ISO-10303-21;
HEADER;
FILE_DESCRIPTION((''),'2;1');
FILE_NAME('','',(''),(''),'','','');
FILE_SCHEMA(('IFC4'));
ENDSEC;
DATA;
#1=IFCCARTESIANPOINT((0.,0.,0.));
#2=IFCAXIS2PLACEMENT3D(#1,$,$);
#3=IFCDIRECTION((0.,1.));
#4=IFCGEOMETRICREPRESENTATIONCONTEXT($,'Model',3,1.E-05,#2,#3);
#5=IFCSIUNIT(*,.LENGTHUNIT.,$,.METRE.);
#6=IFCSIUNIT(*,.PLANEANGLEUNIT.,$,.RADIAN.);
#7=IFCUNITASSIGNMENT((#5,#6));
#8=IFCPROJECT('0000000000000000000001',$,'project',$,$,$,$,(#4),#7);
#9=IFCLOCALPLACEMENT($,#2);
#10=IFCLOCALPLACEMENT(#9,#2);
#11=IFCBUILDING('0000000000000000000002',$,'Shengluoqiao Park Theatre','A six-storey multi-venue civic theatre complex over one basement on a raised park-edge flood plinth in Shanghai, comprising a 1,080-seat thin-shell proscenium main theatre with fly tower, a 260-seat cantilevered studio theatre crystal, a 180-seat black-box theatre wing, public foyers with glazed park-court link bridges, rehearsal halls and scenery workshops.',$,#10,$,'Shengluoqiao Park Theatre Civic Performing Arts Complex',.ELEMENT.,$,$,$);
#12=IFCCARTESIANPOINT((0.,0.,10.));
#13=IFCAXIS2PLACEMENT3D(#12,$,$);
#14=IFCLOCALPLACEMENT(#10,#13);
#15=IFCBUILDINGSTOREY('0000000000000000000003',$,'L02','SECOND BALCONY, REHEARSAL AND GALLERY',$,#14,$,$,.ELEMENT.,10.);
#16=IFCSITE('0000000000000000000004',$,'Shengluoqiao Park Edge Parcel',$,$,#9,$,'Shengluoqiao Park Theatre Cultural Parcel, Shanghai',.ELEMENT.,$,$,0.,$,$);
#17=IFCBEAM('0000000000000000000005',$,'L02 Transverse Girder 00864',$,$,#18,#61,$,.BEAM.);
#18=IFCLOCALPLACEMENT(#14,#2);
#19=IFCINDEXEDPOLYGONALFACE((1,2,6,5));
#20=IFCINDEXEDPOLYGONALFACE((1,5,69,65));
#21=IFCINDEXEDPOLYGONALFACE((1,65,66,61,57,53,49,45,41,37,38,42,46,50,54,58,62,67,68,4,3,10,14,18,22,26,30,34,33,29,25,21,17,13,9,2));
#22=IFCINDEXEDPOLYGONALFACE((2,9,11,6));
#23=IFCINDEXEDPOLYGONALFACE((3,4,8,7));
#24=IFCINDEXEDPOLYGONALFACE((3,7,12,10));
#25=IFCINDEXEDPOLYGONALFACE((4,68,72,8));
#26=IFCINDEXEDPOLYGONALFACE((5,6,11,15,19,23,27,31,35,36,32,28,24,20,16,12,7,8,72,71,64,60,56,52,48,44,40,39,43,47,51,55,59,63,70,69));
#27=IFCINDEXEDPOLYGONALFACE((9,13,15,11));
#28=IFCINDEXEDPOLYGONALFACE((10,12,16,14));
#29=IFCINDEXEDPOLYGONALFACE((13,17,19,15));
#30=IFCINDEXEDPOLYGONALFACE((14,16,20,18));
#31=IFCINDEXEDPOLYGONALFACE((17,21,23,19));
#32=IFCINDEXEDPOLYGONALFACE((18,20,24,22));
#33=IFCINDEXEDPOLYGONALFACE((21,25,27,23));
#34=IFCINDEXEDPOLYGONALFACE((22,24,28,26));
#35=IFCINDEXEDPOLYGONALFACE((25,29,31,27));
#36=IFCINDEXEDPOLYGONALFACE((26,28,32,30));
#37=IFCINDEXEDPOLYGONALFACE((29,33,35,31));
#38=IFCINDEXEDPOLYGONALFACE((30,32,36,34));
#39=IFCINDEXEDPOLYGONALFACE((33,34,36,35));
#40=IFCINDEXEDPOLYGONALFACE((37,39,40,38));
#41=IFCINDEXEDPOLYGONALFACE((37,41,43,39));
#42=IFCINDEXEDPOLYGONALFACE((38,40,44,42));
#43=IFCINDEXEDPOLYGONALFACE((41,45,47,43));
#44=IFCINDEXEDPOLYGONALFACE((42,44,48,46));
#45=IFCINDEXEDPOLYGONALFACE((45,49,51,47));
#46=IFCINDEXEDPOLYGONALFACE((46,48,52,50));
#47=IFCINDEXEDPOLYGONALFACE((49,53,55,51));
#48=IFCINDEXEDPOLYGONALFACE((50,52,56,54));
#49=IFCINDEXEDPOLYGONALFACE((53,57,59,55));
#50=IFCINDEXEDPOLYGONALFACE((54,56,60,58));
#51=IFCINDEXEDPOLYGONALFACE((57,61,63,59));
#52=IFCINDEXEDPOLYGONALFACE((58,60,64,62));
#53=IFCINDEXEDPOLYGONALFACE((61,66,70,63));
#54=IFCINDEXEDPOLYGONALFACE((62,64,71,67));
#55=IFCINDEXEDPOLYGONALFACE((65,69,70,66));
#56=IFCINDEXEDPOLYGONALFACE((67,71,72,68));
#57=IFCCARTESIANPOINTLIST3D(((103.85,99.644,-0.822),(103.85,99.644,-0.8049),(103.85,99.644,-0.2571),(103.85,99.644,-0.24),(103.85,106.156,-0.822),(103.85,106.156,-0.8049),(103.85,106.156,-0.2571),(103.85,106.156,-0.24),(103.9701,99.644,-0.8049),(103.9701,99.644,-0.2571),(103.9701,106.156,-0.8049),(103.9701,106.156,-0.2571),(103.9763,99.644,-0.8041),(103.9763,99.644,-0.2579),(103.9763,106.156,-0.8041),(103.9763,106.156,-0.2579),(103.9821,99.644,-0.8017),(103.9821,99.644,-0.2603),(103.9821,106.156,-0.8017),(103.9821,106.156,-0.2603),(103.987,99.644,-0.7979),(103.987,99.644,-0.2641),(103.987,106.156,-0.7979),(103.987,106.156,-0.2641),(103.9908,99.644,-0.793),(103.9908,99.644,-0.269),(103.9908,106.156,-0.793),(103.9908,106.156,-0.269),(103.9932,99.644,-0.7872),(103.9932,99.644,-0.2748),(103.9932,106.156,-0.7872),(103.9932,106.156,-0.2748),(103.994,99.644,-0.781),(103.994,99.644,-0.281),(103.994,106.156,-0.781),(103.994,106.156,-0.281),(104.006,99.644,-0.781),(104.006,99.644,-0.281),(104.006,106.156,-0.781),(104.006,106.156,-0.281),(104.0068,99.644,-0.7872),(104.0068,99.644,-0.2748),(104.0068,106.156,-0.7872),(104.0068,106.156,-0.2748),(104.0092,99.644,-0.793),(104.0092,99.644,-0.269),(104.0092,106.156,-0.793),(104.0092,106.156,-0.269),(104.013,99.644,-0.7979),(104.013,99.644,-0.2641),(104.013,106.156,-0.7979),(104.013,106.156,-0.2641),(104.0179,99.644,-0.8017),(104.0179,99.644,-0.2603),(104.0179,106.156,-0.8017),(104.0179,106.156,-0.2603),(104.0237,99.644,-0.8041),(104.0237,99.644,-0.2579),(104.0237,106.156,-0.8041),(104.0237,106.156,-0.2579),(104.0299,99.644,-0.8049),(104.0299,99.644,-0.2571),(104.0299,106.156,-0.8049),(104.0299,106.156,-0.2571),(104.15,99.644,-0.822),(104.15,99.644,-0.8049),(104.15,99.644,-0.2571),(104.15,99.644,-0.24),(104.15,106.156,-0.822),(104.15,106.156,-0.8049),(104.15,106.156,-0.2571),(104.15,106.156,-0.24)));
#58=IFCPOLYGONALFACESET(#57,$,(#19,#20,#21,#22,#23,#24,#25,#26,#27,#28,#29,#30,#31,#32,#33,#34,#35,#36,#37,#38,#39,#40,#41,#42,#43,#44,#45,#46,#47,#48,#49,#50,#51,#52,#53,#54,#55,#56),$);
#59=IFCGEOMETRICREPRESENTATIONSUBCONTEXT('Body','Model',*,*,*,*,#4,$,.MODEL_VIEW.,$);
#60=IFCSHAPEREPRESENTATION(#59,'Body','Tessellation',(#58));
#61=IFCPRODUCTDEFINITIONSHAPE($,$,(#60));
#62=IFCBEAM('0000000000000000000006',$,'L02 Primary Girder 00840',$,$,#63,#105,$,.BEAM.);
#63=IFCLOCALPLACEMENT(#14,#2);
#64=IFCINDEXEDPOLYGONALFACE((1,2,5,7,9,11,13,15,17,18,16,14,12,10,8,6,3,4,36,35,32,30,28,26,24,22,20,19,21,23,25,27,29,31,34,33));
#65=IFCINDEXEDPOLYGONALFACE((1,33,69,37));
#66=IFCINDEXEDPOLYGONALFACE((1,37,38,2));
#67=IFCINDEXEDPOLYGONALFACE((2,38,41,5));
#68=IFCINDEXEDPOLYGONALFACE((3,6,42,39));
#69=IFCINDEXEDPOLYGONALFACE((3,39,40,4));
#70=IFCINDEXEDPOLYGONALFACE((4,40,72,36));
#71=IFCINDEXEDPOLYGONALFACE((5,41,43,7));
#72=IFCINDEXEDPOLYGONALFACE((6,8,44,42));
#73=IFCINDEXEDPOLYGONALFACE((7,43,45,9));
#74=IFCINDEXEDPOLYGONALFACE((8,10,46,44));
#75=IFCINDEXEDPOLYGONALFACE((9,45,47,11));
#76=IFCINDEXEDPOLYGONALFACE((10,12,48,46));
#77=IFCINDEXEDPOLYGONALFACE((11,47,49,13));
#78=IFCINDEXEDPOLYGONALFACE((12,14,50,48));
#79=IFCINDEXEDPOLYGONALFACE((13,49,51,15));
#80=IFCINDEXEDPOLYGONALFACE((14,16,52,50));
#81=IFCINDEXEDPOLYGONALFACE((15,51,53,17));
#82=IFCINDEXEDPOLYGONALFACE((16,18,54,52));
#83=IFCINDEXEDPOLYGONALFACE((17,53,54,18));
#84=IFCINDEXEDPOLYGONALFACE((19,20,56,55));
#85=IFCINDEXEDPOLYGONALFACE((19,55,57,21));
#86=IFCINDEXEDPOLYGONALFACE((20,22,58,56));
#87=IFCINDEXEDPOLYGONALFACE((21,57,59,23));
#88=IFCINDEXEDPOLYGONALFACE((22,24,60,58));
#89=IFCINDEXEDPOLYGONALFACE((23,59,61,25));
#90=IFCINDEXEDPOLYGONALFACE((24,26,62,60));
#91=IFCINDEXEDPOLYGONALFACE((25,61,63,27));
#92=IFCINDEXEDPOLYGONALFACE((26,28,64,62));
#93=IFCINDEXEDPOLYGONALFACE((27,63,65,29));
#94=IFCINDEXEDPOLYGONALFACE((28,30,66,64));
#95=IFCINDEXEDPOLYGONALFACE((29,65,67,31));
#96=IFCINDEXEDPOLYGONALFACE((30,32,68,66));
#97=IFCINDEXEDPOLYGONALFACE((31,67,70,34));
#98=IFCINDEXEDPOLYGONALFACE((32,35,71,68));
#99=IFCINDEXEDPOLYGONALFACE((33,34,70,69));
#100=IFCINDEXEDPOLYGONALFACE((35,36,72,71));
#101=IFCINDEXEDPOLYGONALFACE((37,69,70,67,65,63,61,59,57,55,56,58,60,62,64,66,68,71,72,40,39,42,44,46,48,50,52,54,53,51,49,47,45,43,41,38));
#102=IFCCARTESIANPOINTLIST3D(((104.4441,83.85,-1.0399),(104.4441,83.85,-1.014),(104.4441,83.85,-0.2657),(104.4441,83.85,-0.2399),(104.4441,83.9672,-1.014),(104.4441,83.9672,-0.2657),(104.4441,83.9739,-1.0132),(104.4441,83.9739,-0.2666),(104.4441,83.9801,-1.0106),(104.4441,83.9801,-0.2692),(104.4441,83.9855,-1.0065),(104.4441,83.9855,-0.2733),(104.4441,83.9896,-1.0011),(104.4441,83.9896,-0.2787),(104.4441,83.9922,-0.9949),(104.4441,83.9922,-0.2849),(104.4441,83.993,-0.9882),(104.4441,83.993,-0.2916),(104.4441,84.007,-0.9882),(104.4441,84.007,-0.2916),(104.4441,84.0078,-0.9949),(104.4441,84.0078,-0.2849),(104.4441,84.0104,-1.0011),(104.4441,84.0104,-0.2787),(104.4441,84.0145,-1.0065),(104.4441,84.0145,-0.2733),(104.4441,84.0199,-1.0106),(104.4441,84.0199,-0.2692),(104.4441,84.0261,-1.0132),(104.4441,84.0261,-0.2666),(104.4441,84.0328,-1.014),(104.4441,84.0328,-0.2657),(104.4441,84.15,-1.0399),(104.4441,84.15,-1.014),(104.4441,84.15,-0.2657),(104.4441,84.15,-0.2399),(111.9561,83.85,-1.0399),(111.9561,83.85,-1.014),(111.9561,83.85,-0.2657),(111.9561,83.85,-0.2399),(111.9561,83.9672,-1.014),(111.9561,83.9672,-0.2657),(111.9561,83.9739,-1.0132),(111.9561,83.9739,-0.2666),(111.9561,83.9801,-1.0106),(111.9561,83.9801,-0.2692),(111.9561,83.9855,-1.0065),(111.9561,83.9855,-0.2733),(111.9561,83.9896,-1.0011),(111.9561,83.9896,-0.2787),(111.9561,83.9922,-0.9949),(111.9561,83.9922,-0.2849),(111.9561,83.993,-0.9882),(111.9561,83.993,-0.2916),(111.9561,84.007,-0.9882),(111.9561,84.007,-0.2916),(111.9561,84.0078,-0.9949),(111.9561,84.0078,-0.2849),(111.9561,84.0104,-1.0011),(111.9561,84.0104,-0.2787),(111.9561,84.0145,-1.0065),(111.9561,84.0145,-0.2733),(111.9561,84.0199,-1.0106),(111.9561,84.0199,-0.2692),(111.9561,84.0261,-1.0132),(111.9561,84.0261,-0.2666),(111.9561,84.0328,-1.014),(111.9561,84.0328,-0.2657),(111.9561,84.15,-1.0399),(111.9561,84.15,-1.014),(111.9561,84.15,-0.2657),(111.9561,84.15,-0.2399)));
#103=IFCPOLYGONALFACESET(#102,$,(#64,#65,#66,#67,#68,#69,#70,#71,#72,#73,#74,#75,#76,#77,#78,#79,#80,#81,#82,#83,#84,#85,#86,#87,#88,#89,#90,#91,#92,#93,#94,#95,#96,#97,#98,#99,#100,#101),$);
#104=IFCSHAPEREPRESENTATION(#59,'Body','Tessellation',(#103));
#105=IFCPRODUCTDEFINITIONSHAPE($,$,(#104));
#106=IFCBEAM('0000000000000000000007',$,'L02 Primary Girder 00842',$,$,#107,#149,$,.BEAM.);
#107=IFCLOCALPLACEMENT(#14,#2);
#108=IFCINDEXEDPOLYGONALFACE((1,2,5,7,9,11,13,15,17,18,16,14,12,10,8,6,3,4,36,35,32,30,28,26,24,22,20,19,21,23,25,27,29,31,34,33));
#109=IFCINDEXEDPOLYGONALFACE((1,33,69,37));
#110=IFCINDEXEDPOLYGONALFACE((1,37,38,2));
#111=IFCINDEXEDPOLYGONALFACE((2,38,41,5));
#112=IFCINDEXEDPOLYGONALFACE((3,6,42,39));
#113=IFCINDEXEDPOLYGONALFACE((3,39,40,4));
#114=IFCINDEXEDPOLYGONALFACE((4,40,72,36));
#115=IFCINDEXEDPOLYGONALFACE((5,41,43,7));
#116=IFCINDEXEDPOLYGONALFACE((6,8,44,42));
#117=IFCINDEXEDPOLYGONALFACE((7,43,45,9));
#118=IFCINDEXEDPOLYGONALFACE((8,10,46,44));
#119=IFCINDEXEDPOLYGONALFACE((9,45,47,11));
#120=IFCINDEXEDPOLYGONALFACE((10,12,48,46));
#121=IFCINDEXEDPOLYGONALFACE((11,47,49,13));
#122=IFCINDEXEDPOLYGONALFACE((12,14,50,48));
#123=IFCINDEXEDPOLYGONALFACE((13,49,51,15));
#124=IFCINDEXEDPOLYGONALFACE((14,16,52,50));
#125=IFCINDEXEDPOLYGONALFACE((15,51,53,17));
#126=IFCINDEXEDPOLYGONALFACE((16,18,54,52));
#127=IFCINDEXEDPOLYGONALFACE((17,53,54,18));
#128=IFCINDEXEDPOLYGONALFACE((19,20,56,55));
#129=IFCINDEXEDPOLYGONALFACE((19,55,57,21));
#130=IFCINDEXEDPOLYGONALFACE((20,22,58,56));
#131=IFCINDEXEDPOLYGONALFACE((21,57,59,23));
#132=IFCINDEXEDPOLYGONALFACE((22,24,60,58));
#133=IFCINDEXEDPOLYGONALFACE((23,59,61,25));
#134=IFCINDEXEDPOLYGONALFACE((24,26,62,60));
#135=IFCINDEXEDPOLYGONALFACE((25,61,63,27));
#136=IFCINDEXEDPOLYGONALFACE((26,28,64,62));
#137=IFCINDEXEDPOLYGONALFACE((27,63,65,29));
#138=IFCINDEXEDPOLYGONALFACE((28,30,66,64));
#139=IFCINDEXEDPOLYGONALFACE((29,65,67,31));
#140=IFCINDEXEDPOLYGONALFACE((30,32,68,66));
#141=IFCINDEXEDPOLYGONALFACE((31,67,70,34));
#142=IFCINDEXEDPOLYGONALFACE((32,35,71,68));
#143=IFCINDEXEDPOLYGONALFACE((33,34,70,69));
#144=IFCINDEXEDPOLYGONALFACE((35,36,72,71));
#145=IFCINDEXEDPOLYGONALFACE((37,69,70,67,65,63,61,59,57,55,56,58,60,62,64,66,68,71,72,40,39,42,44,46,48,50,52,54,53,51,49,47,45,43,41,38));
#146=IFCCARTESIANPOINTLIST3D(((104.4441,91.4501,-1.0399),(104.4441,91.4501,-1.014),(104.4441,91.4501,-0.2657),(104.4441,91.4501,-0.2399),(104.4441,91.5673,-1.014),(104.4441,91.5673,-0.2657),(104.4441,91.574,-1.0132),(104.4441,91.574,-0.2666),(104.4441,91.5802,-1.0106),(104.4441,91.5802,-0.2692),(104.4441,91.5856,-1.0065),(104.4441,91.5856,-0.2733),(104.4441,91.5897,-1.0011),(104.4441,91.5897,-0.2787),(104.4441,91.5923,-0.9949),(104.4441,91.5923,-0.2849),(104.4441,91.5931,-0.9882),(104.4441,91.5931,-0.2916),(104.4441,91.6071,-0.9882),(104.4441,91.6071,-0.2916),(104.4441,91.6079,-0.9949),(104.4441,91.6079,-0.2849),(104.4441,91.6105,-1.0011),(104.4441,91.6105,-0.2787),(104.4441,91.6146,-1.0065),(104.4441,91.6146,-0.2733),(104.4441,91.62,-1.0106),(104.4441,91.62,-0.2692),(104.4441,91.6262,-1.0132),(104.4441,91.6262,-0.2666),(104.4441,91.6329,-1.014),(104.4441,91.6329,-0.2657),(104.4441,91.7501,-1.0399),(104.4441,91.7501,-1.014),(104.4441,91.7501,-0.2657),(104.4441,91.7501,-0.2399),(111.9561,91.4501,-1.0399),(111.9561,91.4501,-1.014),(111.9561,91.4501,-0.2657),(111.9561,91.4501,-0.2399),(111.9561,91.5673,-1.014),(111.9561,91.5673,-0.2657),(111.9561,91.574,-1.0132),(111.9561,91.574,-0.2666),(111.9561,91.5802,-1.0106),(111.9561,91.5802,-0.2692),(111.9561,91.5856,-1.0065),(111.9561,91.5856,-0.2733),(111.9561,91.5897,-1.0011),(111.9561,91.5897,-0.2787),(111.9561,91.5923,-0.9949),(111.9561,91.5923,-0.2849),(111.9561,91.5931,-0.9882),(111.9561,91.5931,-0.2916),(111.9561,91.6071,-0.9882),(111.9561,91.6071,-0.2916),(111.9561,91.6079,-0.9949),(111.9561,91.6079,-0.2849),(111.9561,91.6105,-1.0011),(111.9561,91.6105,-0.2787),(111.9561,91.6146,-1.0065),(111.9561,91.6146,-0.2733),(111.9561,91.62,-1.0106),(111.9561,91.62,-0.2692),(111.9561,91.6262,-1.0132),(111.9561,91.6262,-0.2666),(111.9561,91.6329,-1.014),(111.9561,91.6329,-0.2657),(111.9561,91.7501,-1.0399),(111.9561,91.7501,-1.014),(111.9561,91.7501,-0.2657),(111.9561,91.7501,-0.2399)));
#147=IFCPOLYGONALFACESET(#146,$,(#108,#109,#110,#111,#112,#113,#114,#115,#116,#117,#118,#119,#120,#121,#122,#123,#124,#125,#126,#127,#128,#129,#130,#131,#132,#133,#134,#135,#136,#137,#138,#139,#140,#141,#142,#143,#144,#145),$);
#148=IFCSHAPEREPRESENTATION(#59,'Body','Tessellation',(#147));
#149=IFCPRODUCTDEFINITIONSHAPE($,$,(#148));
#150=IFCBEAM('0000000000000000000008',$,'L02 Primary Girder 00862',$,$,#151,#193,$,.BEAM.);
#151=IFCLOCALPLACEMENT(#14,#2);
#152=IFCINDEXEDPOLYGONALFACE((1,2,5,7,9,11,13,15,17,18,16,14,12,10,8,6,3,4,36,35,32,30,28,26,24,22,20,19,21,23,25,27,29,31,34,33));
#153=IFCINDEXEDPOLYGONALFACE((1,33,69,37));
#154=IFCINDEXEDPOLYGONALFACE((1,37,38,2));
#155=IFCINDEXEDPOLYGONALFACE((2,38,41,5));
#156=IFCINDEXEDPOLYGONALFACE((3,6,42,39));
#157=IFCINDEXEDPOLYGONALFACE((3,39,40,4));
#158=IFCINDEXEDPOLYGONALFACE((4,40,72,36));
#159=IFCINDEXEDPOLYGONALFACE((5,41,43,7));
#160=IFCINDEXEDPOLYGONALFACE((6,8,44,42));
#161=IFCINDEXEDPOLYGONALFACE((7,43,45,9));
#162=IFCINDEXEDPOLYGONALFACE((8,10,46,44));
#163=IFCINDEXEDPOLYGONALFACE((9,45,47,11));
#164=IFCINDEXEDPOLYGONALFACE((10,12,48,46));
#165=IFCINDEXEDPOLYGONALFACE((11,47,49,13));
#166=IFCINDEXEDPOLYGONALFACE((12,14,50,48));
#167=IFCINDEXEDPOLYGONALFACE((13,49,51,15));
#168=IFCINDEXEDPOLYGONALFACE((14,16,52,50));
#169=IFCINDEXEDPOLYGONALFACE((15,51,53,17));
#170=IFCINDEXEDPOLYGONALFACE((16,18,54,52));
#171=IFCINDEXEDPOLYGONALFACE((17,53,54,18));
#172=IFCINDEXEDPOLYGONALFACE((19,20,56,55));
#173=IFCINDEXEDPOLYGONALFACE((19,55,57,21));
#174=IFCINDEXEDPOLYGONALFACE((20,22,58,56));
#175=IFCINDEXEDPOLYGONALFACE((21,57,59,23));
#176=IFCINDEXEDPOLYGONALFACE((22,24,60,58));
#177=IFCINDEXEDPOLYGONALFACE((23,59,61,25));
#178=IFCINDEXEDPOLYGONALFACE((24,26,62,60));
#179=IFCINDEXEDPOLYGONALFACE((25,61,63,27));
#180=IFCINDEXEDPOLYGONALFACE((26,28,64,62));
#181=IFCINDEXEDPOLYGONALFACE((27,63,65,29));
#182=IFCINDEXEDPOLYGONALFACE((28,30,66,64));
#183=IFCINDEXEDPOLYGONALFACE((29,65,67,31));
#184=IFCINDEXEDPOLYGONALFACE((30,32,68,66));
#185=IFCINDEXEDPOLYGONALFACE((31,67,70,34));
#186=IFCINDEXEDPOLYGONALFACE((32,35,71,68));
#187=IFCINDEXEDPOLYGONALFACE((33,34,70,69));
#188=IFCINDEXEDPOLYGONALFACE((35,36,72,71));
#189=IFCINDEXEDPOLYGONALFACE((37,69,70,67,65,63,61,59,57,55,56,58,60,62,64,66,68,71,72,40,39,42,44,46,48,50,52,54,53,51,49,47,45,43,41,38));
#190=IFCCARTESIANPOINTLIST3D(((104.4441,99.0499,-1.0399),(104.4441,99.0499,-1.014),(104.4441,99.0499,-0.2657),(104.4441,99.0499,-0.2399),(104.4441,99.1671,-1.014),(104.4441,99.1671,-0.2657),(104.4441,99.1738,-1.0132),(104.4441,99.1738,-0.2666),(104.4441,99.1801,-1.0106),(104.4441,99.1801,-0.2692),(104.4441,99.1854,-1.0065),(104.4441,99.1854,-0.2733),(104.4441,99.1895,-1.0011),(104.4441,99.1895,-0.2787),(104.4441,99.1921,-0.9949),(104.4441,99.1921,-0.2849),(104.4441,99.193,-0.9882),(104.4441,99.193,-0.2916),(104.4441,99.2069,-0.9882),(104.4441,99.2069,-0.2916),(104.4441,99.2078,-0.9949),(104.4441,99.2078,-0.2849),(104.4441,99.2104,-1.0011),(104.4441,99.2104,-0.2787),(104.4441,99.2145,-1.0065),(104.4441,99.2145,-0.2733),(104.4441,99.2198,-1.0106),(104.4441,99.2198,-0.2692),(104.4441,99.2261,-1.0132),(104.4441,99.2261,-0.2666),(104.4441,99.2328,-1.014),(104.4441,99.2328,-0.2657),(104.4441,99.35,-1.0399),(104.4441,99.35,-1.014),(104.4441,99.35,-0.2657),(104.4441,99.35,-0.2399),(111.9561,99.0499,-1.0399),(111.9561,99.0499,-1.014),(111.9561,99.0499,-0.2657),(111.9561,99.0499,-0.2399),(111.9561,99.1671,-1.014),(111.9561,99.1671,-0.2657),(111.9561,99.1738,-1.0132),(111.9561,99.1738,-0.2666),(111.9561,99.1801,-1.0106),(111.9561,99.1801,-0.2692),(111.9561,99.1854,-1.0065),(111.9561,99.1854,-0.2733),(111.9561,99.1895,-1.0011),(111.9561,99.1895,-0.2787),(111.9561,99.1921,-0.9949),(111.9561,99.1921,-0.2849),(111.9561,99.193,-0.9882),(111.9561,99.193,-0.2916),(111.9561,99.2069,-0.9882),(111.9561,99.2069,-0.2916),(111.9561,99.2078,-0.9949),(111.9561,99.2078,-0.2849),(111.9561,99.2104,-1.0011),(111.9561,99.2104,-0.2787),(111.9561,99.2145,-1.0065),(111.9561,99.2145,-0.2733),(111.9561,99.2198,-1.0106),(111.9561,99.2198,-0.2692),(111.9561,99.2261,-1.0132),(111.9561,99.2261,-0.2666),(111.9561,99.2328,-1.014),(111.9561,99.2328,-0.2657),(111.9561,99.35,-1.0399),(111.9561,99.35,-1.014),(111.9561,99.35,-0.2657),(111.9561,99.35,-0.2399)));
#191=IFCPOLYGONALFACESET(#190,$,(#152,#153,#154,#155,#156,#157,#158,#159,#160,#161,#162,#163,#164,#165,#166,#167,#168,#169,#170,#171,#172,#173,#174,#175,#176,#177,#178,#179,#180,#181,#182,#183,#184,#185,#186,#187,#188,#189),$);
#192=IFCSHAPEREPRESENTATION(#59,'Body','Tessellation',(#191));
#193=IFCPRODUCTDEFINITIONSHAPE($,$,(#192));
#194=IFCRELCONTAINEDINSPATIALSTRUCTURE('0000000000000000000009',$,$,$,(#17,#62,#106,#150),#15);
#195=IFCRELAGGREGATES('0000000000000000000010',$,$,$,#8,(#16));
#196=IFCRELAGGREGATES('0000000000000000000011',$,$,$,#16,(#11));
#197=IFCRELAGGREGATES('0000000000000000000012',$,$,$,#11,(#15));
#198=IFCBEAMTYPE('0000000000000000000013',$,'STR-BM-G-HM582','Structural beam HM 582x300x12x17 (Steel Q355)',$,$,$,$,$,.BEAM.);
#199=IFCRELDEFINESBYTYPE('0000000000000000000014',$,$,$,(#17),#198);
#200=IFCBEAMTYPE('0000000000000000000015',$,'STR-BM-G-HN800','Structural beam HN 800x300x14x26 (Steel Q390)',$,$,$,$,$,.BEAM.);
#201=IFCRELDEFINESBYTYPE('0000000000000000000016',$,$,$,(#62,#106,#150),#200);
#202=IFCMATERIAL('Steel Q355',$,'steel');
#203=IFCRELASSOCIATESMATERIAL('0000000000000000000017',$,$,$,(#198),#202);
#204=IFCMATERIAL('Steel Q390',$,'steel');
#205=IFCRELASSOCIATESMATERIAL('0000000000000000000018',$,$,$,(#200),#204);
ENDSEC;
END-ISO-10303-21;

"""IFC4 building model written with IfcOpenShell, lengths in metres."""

from ifc_helpers import new_model, si_unit, direction, frame, origin, origin_2d, place, context, subcontext, project, spatial, i_section, extrude, material, material_profile, profile_set, type_object, element, save


model = new_model("IFC4")

# Units and contexts
model_context = context("Model", 3, precision=1e-05, world=origin(), true_north=direction((0.0, 1.0)))
body_context = subcontext(model_context, "Body", "Model", "MODEL_VIEW")
ifc_project = project(units=[si_unit("LENGTHUNIT", "METRE"), si_unit("PLANEANGLEUNIT", "RADIAN")], contexts=[model_context])

# Site, building, storey
site_placement = place(None, origin())
site = spatial("IfcSite", under=ifc_project, at=site_placement, Name="Shengluoqiao Park Edge Parcel", LongName="Shengluoqiao Park Theatre Cultural Parcel, Shanghai", CompositionType="ELEMENT", RefElevation=0.0)
building_placement = place(site_placement, origin())
building = spatial("IfcBuilding", under=site, at=building_placement, Name="Shengluoqiao Park Theatre", Description="A six-storey multi-venue civic theatre complex over one basement on a raised park-edge flood plinth in Shanghai, comprising a 1,080-seat thin-shell proscenium main theatre with fly tower, a 260-seat cantilevered studio theatre crystal, a 180-seat black-box theatre wing, public foyers with glazed park-court link bridges, rehearsal halls and scenery workshops.", LongName="Shengluoqiao Park Theatre Civic Performing Arts Complex", CompositionType="ELEMENT")
storey_placement = place(building_placement, frame((0.0, 0.0, 10.0)))
storey = spatial("IfcBuildingStorey", under=building, at=storey_placement, Name="L02", Description="SECOND BALCONY, REHEARSAL AND GALLERY", CompositionType="ELEMENT", Elevation=10.0)

# Beams
ifc_material_1 = material(Name="Steel Q355", Category="steel")
ifc_material_profile_1 = material_profile(ifc_material_1, i_section(OverallWidth=0.3, OverallDepth=0.582, WebThickness=0.012, FlangeThickness=0.0171, FilletRadius=0.0239, at=origin_2d()), Name="HM 582x300x12x17")
ifc_profile_set_1 = profile_set([ifc_material_profile_1], Name="Steel Q355")
beam_type_1 = type_object("IfcBeamType", Name="STR-BM-G-HM582", Description="Structural beam HM 582x300x12x17 (Steel Q355)", PredefinedType="BEAM", material=ifc_profile_set_1)
beam_placement = place(storey_placement, frame((104.0, 99.644, -0.531), z_axis=(0.0, 1.0, 0.0), x_axis=(-1.0, 0.0, 0.0)))
element("IfcBeam", 1, at=beam_placement, inside=storey, type_object=beam_type_1, Name="L02 Transverse Girder 00864", PredefinedType="BEAM", context=body_context, shape_type="SweptSolid", body=[
    extrude(i_section(OverallWidth=0.3, OverallDepth=0.582, WebThickness=0.012, FlangeThickness=0.0171, FilletRadius=0.0239, at=origin_2d()), origin(), (0.0, 0.0, 1.0), 6.512),
])
ifc_material_2 = material(Name="Steel Q390", Category="steel")
ifc_material_profile_2 = material_profile(ifc_material_2, i_section(OverallWidth=0.3, OverallDepth=0.8, WebThickness=0.0139, FlangeThickness=0.0259, FilletRadius=0.0259, at=origin_2d()), Name="HN 800x300x14x26")
ifc_profile_set_2 = profile_set([ifc_material_profile_2], Name="Steel Q390")
beam_type_2 = type_object("IfcBeamType", Name="STR-BM-G-HN800", Description="Structural beam HN 800x300x14x26 (Steel Q390)", PredefinedType="BEAM", material=ifc_profile_set_2)
for number, where, z_axis, x_axis, name in (
    (2, (104.4441, 84.0, -0.6399), (1.0, 0.0, 0.0), (0.0, 1.0, 0.0), "L02 Primary Girder 00840"),
    (3, (104.4441, 91.6001, -0.6399), (1.0, 0.0, 0.0), (0.0, 1.0, 0.0), "L02 Primary Girder 00842"),
    (4, (104.4441, 99.2, -0.6399), (1.0, 0.0, 0.0), (0.0, 1.0, 0.0), "L02 Primary Girder 00862"),
):
    element("IfcBeam", number, at=place(storey_placement, frame(where, z_axis=z_axis, x_axis=x_axis)), inside=storey, type_object=beam_type_2, Name=name, PredefinedType="BEAM", context=body_context, shape_type="SweptSolid", body=[
        extrude(i_section(OverallWidth=0.3, OverallDepth=0.8, WebThickness=0.0139, FlangeThickness=0.0259, FilletRadius=0.0259, at=origin_2d()), origin(), (0.0, 0.0, 1.0), 7.512),
    ])

save(model, "model.ifc")
